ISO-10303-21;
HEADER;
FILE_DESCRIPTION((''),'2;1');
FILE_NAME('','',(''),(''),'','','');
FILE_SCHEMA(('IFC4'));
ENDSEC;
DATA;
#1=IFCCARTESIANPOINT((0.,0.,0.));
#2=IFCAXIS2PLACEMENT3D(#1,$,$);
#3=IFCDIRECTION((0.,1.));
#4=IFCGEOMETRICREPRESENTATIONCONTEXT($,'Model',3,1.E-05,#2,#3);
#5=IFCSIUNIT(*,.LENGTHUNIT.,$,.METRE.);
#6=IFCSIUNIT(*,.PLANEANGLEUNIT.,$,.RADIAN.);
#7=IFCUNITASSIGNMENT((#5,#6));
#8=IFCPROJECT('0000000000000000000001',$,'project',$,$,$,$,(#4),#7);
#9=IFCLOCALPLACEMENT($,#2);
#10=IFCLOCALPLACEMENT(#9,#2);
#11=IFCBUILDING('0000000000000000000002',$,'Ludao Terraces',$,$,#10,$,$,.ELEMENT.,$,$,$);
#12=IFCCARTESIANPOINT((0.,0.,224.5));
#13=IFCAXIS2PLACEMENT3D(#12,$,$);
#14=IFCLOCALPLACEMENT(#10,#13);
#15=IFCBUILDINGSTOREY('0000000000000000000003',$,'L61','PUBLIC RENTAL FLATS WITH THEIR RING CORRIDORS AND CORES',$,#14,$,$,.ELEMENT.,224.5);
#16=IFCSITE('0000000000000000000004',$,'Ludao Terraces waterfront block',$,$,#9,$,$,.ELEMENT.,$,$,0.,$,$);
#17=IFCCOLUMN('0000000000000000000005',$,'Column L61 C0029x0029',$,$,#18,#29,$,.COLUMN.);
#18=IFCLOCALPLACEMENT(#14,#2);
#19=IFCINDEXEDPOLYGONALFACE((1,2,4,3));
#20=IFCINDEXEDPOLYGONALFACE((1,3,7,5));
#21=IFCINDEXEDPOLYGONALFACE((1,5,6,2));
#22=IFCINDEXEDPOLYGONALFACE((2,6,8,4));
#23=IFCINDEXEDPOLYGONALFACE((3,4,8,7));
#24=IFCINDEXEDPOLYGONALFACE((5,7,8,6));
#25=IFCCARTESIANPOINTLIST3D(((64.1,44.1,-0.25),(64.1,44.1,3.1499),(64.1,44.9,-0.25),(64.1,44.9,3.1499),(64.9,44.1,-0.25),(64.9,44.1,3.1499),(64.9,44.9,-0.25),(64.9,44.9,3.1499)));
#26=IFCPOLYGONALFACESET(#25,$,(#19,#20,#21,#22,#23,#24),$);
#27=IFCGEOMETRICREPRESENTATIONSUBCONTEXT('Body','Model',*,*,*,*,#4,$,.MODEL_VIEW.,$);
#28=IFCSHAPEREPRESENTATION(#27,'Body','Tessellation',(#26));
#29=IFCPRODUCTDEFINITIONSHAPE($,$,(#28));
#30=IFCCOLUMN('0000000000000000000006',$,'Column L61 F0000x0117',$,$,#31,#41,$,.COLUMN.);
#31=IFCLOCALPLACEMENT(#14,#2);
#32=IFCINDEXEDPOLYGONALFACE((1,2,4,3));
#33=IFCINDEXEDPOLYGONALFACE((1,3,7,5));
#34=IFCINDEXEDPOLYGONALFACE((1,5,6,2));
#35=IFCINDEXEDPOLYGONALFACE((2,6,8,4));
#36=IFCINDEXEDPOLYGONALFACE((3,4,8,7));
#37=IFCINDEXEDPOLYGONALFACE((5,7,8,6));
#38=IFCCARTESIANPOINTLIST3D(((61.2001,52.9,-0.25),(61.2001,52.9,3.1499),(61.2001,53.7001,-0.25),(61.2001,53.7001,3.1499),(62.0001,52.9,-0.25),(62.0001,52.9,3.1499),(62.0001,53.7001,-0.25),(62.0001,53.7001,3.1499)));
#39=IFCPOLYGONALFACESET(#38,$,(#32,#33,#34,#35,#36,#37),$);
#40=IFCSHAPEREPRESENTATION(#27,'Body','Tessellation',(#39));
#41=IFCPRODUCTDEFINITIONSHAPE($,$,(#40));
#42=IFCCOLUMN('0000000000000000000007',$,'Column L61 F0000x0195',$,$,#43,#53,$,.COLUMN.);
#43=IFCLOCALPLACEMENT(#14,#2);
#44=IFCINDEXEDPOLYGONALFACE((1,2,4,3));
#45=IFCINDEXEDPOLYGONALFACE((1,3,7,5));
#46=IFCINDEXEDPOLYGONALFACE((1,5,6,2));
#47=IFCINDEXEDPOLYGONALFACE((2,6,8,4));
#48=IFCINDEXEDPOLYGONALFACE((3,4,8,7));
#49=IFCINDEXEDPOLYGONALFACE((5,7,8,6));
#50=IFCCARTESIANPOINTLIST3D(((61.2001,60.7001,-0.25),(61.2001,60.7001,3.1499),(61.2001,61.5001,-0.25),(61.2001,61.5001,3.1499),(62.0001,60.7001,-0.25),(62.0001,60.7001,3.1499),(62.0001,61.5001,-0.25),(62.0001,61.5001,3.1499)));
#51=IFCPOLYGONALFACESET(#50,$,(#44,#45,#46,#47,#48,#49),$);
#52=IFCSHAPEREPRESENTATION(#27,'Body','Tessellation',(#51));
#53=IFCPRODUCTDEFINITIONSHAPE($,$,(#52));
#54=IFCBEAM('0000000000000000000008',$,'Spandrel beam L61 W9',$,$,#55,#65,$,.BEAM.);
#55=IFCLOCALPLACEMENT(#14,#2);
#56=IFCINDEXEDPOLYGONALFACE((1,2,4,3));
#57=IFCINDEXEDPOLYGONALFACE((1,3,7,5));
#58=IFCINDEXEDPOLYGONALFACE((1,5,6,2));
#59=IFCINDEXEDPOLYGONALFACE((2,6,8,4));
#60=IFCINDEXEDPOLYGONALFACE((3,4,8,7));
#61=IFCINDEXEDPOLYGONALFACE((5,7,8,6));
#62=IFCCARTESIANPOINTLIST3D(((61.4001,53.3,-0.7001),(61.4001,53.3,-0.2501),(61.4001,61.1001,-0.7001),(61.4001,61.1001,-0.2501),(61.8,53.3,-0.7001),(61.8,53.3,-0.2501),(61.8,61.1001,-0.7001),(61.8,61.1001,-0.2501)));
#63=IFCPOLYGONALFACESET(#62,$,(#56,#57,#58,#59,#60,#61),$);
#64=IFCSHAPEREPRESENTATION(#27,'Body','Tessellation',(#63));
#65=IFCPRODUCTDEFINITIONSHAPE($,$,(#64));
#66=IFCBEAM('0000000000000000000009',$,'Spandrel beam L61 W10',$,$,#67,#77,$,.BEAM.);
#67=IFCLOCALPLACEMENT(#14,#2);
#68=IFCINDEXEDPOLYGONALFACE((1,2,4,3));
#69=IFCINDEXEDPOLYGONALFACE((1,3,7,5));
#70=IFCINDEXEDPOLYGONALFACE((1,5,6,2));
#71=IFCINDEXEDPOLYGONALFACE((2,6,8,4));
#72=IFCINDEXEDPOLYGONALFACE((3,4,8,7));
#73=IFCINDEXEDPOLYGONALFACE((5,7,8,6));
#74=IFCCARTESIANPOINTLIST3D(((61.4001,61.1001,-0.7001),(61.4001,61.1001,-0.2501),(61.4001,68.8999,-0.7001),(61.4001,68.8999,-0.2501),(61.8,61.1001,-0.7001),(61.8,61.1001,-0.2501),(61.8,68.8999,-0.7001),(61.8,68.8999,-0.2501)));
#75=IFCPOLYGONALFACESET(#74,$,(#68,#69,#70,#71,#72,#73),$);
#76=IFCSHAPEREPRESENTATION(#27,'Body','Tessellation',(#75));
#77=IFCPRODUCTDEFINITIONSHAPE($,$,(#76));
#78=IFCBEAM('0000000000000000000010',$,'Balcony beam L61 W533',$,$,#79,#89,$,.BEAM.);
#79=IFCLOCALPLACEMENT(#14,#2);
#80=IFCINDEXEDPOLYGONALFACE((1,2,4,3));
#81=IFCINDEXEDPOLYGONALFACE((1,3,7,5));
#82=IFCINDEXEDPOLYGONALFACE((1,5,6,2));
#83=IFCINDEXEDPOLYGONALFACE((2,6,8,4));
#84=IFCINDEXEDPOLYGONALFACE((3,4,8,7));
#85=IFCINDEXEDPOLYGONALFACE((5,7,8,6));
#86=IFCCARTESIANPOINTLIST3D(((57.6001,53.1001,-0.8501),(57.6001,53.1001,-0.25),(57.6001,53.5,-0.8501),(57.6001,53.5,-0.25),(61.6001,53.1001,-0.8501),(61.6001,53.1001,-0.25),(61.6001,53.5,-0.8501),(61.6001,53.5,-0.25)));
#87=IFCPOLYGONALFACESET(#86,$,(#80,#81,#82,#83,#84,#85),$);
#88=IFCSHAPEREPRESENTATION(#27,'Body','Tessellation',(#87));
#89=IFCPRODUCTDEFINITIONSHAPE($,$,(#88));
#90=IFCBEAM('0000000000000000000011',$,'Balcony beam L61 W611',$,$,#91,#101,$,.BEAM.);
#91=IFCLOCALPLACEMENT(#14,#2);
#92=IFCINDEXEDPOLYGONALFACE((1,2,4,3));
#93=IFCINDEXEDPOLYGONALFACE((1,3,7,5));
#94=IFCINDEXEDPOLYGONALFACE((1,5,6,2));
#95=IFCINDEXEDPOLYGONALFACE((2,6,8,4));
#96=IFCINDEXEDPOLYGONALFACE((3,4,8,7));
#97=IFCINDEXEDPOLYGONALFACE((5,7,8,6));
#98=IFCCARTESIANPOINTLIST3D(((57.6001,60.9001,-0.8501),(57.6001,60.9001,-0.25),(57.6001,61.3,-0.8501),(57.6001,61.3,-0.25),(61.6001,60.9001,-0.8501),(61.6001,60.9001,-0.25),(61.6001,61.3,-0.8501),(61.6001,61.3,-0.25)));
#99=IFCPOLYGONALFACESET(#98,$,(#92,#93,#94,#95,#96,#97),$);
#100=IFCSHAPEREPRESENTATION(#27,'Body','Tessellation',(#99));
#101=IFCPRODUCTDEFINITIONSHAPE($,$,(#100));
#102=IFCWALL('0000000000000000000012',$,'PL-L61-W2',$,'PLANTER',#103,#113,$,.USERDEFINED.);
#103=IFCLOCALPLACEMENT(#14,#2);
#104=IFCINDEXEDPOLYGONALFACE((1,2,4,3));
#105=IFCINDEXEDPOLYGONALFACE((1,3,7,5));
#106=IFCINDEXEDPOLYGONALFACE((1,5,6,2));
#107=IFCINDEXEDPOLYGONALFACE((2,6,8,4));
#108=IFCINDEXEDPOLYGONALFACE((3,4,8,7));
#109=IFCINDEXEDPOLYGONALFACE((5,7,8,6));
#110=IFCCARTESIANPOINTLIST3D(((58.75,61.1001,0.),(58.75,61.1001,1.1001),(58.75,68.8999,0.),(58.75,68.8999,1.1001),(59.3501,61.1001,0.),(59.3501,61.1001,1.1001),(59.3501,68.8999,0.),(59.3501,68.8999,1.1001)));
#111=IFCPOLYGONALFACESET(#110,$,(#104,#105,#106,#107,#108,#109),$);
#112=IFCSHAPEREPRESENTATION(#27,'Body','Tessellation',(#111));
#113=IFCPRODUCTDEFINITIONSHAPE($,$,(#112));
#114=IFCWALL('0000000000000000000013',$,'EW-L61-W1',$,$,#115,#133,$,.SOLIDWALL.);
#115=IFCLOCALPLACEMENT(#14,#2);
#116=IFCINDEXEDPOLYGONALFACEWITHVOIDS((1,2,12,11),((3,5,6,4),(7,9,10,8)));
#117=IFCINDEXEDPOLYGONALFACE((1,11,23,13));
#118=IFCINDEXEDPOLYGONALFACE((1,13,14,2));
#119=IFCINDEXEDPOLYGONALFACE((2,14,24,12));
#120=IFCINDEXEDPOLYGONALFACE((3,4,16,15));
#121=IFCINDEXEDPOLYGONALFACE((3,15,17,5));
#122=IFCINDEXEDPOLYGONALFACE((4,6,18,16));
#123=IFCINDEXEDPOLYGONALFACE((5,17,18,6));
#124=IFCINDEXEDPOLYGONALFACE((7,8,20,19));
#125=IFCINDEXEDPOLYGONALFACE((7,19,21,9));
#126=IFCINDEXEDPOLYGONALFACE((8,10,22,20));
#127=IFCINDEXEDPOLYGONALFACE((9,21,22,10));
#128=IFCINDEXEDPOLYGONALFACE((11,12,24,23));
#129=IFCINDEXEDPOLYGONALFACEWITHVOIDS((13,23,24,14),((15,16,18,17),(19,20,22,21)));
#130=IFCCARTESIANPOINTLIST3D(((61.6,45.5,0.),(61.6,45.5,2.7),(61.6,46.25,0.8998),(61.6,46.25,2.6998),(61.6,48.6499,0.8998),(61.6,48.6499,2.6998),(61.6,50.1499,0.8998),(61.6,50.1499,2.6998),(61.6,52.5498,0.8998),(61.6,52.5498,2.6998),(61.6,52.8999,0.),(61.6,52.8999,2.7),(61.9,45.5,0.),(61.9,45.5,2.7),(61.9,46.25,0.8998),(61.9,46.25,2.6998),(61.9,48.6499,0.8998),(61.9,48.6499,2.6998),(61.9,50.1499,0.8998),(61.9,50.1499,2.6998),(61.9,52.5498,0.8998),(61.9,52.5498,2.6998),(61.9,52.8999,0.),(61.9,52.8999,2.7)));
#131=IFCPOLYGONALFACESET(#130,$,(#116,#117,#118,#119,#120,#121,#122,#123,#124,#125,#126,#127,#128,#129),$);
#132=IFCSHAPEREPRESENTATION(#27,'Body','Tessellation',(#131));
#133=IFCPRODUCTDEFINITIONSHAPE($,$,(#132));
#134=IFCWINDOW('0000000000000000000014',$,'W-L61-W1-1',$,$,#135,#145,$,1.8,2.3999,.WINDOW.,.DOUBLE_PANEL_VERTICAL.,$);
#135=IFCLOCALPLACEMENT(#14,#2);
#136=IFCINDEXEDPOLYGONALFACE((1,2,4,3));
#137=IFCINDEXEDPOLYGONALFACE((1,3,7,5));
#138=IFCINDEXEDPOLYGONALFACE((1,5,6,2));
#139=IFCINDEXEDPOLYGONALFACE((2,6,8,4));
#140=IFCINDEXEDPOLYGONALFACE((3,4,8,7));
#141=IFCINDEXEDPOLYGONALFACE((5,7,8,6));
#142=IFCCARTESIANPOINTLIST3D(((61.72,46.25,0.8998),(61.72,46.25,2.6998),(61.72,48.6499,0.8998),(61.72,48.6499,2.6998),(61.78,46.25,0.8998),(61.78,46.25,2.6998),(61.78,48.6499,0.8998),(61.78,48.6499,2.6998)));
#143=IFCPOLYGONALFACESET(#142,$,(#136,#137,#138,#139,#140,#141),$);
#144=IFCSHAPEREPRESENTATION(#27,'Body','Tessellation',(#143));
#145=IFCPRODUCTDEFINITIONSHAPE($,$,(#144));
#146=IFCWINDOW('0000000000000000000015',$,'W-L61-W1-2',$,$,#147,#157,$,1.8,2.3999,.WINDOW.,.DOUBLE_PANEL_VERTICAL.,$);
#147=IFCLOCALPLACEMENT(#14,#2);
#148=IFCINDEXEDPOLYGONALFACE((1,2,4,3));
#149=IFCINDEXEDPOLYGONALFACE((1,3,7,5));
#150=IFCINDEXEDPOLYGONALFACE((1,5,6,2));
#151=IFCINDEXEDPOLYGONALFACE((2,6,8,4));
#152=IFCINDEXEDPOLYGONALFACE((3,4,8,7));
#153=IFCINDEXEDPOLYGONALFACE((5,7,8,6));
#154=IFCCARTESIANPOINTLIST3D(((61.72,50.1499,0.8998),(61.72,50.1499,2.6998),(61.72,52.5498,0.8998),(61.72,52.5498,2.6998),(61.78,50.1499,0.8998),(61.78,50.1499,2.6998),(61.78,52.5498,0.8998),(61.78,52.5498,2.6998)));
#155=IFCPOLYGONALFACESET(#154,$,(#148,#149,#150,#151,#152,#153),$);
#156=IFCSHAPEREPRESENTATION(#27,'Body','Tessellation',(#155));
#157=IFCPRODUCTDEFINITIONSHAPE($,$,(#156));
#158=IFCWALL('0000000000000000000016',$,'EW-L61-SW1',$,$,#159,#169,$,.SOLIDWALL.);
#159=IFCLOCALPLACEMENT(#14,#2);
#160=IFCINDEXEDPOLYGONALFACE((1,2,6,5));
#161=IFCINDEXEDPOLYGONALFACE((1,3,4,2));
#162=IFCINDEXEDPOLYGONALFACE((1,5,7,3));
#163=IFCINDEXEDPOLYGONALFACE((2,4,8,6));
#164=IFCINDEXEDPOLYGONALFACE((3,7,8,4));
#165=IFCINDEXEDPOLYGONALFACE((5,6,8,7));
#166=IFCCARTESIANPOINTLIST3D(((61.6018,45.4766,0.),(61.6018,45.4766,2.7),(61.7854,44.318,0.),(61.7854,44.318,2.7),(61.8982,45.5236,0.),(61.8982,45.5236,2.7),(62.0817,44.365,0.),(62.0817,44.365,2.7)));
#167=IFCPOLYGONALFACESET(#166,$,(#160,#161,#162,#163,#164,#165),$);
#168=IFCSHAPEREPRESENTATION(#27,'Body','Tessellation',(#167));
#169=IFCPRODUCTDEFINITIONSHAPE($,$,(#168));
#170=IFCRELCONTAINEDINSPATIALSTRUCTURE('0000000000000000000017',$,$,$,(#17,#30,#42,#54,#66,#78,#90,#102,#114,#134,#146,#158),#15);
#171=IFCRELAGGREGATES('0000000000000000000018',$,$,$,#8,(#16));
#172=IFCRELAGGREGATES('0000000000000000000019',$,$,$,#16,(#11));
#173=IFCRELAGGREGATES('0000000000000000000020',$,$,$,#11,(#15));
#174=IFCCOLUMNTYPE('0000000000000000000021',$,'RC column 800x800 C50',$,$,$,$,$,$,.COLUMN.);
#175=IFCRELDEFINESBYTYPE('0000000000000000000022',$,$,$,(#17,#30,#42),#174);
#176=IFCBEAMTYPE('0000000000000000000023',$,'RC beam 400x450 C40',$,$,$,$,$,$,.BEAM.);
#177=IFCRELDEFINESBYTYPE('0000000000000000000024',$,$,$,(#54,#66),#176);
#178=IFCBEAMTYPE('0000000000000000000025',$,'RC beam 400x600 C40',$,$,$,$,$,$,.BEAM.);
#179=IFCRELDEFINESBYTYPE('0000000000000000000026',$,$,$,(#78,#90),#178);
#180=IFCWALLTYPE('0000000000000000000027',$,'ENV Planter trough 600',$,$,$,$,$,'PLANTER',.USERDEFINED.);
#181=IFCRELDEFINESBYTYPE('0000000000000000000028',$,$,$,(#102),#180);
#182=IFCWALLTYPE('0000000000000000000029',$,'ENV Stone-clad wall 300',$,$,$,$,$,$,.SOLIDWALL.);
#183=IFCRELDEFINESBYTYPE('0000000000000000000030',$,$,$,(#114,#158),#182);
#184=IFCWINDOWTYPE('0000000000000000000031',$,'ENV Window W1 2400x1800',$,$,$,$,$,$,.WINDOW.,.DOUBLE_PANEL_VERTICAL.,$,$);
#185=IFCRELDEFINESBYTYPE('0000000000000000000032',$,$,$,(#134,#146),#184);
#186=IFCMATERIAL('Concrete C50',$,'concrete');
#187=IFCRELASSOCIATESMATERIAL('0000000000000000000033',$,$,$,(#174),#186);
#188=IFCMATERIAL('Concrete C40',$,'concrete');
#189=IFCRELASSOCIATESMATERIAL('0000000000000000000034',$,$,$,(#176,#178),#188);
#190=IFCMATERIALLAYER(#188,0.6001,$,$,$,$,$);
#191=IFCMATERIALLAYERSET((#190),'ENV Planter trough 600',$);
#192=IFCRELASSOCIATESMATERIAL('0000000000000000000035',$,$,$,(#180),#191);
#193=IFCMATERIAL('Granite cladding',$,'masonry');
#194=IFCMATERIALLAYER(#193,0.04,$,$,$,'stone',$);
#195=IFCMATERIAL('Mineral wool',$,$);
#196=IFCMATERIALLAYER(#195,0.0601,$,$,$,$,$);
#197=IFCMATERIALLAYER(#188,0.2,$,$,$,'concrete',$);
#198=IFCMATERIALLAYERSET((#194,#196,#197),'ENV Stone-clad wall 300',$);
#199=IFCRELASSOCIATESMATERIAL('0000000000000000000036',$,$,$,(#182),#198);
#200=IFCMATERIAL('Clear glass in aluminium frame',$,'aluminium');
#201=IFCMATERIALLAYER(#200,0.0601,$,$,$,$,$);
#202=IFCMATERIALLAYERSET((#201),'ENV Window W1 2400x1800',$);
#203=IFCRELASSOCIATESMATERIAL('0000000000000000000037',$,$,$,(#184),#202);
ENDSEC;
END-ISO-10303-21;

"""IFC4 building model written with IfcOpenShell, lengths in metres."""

from ifc_helpers import new_model, si_unit, direction, frame, frame_2d, origin, origin_2d, place, context, subcontext, project, spatial, rectangle, extrude, material, layer, layer_set, material_profile, profile_set, type_object, element, fill, save


model = new_model("IFC4")

# Units and contexts
model_context = context("Model", 3, precision=1e-05, world=origin(), true_north=direction((0.0, 1.0)))
body_context = subcontext(model_context, "Body", "Model", "MODEL_VIEW")
ifc_project = project(units=[si_unit("LENGTHUNIT", "METRE"), si_unit("PLANEANGLEUNIT", "RADIAN")], contexts=[model_context])

# Site, building, storey
site_placement = place(None, origin())
site = spatial("IfcSite", under=ifc_project, at=site_placement, Name="Ludao Terraces waterfront block", CompositionType="ELEMENT", RefElevation=0.0)
building_placement = place(site_placement, origin())
building = spatial("IfcBuilding", under=site, at=building_placement, Name="Ludao Terraces", CompositionType="ELEMENT")
storey_placement = place(building_placement, frame((0.0, 0.0, 224.5)))
storey = spatial("IfcBuildingStorey", under=building, at=storey_placement, Name="L61", Description="PUBLIC RENTAL FLATS WITH THEIR RING CORRIDORS AND CORES", CompositionType="ELEMENT", Elevation=224.5)

# Columns
ifc_material_1 = material(Name="Concrete C50", Category="concrete")
ifc_material_profile_1 = material_profile(ifc_material_1, rectangle(XDim=0.8, YDim=0.8, at=origin_2d()), Name="800 X 800")
ifc_profile_set_1 = profile_set([ifc_material_profile_1], Name="Concrete C50")
column_type = type_object("IfcColumnType", Name="RC column 800x800 C50", PredefinedType="COLUMN", material=ifc_profile_set_1)
for number, where, z_axis, x_axis, name in (
    (1, (64.5, 44.5, -0.25), (0.0, 0.0, 1.0), (1.0, 0.0, 0.0), "Column L61 C0029x0029"),
    (2, (61.6001, 53.3, -0.25), (0.0, 0.0, 1.0), (1.0, 0.0, 0.0), "Column L61 F0000x0117"),
    (3, (61.6001, 61.1001, -0.25), (0.0, 0.0, 1.0), (1.0, 0.0, 0.0), "Column L61 F0000x0195"),
):
    element("IfcColumn", number, at=place(storey_placement, frame(where, z_axis=z_axis, x_axis=x_axis)), inside=storey, type_object=column_type, Name=name, PredefinedType="COLUMN", context=body_context, shape_type="SweptSolid", body=[
        extrude(rectangle(XDim=0.8, YDim=0.8, at=origin_2d()), origin(), (0.0, 0.0, 1.0), 3.3999),
    ])

# Beams
ifc_material_2 = material(Name="Concrete C40", Category="concrete")
ifc_material_profile_2 = material_profile(ifc_material_2, rectangle(XDim=0.3999, YDim=0.45, at=origin_2d()), Name="400 X 450")
ifc_profile_set_2 = profile_set([ifc_material_profile_2], Name="Concrete C40")
beam_type_1 = type_object("IfcBeamType", Name="RC beam 400x450 C40", PredefinedType="BEAM", material=ifc_profile_set_2)
beam_1_placement = place(storey_placement, frame((61.6001, 53.3, -0.4751), z_axis=(0.0, 1.0, 0.0), x_axis=(-1.0, 0.0, 0.0)))
element("IfcBeam", 4, at=beam_1_placement, inside=storey, type_object=beam_type_1, Name="Spandrel beam L61 W9", PredefinedType="BEAM", context=body_context, shape_type="SweptSolid", body=[
    extrude(rectangle(XDim=0.3999, YDim=0.45, at=origin_2d()), origin(), (0.0, 0.0, 1.0), 7.8),
])
beam_2_placement = place(storey_placement, frame((61.6001, 61.1001, -0.4751), z_axis=(0.0, 1.0, 0.0), x_axis=(-1.0, 0.0, 0.0)))
element("IfcBeam", 5, at=beam_2_placement, inside=storey, type_object=beam_type_1, Name="Spandrel beam L61 W10", PredefinedType="BEAM", context=body_context, shape_type="SweptSolid", body=[
    extrude(rectangle(XDim=0.3999, YDim=0.45, at=origin_2d()), origin(), (0.0, 0.0, 1.0), 7.7998),
])
ifc_material_profile_3 = material_profile(ifc_material_2, rectangle(XDim=0.3999, YDim=0.6001, at=origin_2d()), Name="400 X 600")
ifc_profile_set_3 = profile_set([ifc_material_profile_3], Name="Concrete C40")
beam_type_2 = type_object("IfcBeamType", Name="RC beam 400x600 C40", PredefinedType="BEAM", material=ifc_profile_set_3)
for number, where, z_axis, x_axis, name in (
    (6, (61.6001, 53.3, -0.55), (-1.0, 0.0, 0.0), (0.0, -1.0, 0.0), "Balcony beam L61 W533"),
    (7, (61.6001, 61.1001, -0.55), (-1.0, 0.0, 0.0), (0.0, -1.0, 0.0), "Balcony beam L61 W611"),
):
    element("IfcBeam", number, at=place(storey_placement, frame(where, z_axis=z_axis, x_axis=x_axis)), inside=storey, type_object=beam_type_2, Name=name, PredefinedType="BEAM", context=body_context, shape_type="SweptSolid", body=[
        extrude(rectangle(XDim=0.3999, YDim=0.6001, at=origin_2d()), origin(), (0.0, 0.0, 1.0), 4.0),
    ])

# Wall
ifc_layer_1 = layer(ifc_material_2, 0.6001)
ifc_layer_set_1 = layer_set([ifc_layer_1], Name="ENV Planter trough 600")
wall_type_1 = type_object("IfcWallType", Name="ENV Planter trough 600", ElementType="PLANTER", PredefinedType="USERDEFINED", material=ifc_layer_set_1)
wall_1_placement = place(storey_placement, frame((59.05, 61.1001, 0.0), z_axis=(0.0, 0.0, 1.0), x_axis=(0.0, 1.0, 0.0)))
element("IfcWall", 8, at=wall_1_placement, inside=storey, type_object=wall_type_1, Name="PL-L61-W2", ObjectType="PLANTER", PredefinedType="USERDEFINED", context=body_context, shape_type="SweptSolid", body=[
    extrude(rectangle(XDim=7.7998, YDim=0.6001, at=frame_2d((3.8999, 0.0))), origin(), (0.0, 0.0, 1.0), 1.1001),
])

# Wall, openings, windows
ifc_material_3 = material(Name="Granite cladding", Category="masonry")
ifc_layer_2 = layer(ifc_material_3, 0.04, Category="stone")
ifc_material_4 = material(Name="Mineral wool")
ifc_layer_3 = layer(ifc_material_4, 0.0601)
ifc_layer_4 = layer(ifc_material_2, 0.2, Category="concrete")
ifc_layer_set_2 = layer_set([ifc_layer_2, ifc_layer_3, ifc_layer_4], Name="ENV Stone-clad wall 300")
wall_type_2 = type_object("IfcWallType", Name="ENV Stone-clad wall 300", PredefinedType="SOLIDWALL", material=ifc_layer_set_2)
wall_2_placement = place(storey_placement, frame((61.75, 45.5, 0.0), z_axis=(0.0, 0.0, 1.0), x_axis=(0.0, 1.0, 0.0)))
wall_2 = element("IfcWall", 9, at=wall_2_placement, inside=storey, type_object=wall_type_2, Name="EW-L61-W1", PredefinedType="SOLIDWALL", context=body_context, shape_type="SweptSolid", body=[
    extrude(rectangle(XDim=7.3999, YDim=0.3, at=frame_2d((3.7, 0.0))), origin(), (0.0, 0.0, 1.0), 2.7),
])
opening_1_placement = place(wall_2_placement, frame((0.75, 0.0, 0.8999)))
opening_1 = element("IfcOpeningElement", 10, at=opening_1_placement, cuts=wall_2, PredefinedType="OPENING", context=body_context, shape_type="SweptSolid", body=[
    extrude(rectangle(XDim=2.3999, YDim=1.8, at=frame_2d((1.2, 0.8999))), frame((0.0, 0.1602, 0.0), z_axis=(0.0, -1.0, 0.0), x_axis=(1.0, 0.0, 0.0)), (0.0, 0.0, 1.0), 0.3201),
])
opening_2_placement = place(wall_2_placement, frame((4.6499, 0.0, 0.8999)))
opening_2 = element("IfcOpeningElement", 11, at=opening_2_placement, cuts=wall_2, PredefinedType="OPENING", context=body_context, shape_type="SweptSolid", body=[
    extrude(rectangle(XDim=2.3999, YDim=1.8, at=frame_2d((1.2, 0.8999))), frame((0.0, 0.1602, 0.0), z_axis=(0.0, -1.0, 0.0), x_axis=(1.0, 0.0, 0.0)), (0.0, 0.0, 1.0), 0.3201),
])
ifc_material_5 = material(Name="Clear glass in aluminium frame", Category="aluminium")
ifc_layer_5 = layer(ifc_material_5, 0.0601)
ifc_layer_set_3 = layer_set([ifc_layer_5], Name="ENV Window W1 2400x1800")
window_type_1 = type_object("IfcWindowType", Name="ENV Window W1 2400x1800", PartitioningType="DOUBLE_PANEL_VERTICAL", PredefinedType="WINDOW", material=ifc_layer_set_3)
window_1_placement = place(opening_1_placement, origin())
window_1 = element("IfcWindow", 12, at=window_1_placement, inside=storey, type_object=window_type_1, Name="W-L61-W1-1", OverallHeight=1.8, OverallWidth=2.3999, PartitioningType="DOUBLE_PANEL_VERTICAL", PredefinedType="WINDOW", context=body_context, shape_type="SweptSolid", body=[
    extrude(rectangle(XDim=2.3999, YDim=1.8, at=frame_2d((1.2, 0.8999))), frame((0.0, 0.03, 0.0), z_axis=(0.0, -1.0, 0.0), x_axis=(1.0, 0.0, 0.0)), (0.0, 0.0, 1.0), 0.0601),
])
fill(opening_1, window_1)
window_2_placement = place(opening_2_placement, origin())
window_2 = element("IfcWindow", 13, at=window_2_placement, inside=storey, type_object=window_type_1, Name="W-L61-W1-2", OverallHeight=1.8, OverallWidth=2.3999, PartitioningType="DOUBLE_PANEL_VERTICAL", PredefinedType="WINDOW", context=body_context, shape_type="SweptSolid", body=[
    extrude(rectangle(XDim=2.3999, YDim=1.8, at=frame_2d((1.2, 0.8999))), frame((0.0, 0.03, 0.0), z_axis=(0.0, -1.0, 0.0), x_axis=(1.0, 0.0, 0.0)), (0.0, 0.0, 1.0), 0.0601),
])
fill(opening_2, window_2)

# Wall
wall_3_placement = place(storey_placement, frame((61.75, 45.5, 0.0), z_axis=(0.0, 0.0, 1.0), x_axis=(0.156497, -0.987678, 0.0)))
element("IfcWall", 14, at=wall_3_placement, inside=storey, type_object=wall_type_2, Name="EW-L61-SW1", PredefinedType="SOLIDWALL", context=body_context, shape_type="SweptSolid", body=[
    extrude(rectangle(XDim=1.1731, YDim=0.3, at=frame_2d((0.5864, 0.0))), origin(), (0.0, 0.0, 1.0), 2.7),
])

save(model, "model.ifc")
